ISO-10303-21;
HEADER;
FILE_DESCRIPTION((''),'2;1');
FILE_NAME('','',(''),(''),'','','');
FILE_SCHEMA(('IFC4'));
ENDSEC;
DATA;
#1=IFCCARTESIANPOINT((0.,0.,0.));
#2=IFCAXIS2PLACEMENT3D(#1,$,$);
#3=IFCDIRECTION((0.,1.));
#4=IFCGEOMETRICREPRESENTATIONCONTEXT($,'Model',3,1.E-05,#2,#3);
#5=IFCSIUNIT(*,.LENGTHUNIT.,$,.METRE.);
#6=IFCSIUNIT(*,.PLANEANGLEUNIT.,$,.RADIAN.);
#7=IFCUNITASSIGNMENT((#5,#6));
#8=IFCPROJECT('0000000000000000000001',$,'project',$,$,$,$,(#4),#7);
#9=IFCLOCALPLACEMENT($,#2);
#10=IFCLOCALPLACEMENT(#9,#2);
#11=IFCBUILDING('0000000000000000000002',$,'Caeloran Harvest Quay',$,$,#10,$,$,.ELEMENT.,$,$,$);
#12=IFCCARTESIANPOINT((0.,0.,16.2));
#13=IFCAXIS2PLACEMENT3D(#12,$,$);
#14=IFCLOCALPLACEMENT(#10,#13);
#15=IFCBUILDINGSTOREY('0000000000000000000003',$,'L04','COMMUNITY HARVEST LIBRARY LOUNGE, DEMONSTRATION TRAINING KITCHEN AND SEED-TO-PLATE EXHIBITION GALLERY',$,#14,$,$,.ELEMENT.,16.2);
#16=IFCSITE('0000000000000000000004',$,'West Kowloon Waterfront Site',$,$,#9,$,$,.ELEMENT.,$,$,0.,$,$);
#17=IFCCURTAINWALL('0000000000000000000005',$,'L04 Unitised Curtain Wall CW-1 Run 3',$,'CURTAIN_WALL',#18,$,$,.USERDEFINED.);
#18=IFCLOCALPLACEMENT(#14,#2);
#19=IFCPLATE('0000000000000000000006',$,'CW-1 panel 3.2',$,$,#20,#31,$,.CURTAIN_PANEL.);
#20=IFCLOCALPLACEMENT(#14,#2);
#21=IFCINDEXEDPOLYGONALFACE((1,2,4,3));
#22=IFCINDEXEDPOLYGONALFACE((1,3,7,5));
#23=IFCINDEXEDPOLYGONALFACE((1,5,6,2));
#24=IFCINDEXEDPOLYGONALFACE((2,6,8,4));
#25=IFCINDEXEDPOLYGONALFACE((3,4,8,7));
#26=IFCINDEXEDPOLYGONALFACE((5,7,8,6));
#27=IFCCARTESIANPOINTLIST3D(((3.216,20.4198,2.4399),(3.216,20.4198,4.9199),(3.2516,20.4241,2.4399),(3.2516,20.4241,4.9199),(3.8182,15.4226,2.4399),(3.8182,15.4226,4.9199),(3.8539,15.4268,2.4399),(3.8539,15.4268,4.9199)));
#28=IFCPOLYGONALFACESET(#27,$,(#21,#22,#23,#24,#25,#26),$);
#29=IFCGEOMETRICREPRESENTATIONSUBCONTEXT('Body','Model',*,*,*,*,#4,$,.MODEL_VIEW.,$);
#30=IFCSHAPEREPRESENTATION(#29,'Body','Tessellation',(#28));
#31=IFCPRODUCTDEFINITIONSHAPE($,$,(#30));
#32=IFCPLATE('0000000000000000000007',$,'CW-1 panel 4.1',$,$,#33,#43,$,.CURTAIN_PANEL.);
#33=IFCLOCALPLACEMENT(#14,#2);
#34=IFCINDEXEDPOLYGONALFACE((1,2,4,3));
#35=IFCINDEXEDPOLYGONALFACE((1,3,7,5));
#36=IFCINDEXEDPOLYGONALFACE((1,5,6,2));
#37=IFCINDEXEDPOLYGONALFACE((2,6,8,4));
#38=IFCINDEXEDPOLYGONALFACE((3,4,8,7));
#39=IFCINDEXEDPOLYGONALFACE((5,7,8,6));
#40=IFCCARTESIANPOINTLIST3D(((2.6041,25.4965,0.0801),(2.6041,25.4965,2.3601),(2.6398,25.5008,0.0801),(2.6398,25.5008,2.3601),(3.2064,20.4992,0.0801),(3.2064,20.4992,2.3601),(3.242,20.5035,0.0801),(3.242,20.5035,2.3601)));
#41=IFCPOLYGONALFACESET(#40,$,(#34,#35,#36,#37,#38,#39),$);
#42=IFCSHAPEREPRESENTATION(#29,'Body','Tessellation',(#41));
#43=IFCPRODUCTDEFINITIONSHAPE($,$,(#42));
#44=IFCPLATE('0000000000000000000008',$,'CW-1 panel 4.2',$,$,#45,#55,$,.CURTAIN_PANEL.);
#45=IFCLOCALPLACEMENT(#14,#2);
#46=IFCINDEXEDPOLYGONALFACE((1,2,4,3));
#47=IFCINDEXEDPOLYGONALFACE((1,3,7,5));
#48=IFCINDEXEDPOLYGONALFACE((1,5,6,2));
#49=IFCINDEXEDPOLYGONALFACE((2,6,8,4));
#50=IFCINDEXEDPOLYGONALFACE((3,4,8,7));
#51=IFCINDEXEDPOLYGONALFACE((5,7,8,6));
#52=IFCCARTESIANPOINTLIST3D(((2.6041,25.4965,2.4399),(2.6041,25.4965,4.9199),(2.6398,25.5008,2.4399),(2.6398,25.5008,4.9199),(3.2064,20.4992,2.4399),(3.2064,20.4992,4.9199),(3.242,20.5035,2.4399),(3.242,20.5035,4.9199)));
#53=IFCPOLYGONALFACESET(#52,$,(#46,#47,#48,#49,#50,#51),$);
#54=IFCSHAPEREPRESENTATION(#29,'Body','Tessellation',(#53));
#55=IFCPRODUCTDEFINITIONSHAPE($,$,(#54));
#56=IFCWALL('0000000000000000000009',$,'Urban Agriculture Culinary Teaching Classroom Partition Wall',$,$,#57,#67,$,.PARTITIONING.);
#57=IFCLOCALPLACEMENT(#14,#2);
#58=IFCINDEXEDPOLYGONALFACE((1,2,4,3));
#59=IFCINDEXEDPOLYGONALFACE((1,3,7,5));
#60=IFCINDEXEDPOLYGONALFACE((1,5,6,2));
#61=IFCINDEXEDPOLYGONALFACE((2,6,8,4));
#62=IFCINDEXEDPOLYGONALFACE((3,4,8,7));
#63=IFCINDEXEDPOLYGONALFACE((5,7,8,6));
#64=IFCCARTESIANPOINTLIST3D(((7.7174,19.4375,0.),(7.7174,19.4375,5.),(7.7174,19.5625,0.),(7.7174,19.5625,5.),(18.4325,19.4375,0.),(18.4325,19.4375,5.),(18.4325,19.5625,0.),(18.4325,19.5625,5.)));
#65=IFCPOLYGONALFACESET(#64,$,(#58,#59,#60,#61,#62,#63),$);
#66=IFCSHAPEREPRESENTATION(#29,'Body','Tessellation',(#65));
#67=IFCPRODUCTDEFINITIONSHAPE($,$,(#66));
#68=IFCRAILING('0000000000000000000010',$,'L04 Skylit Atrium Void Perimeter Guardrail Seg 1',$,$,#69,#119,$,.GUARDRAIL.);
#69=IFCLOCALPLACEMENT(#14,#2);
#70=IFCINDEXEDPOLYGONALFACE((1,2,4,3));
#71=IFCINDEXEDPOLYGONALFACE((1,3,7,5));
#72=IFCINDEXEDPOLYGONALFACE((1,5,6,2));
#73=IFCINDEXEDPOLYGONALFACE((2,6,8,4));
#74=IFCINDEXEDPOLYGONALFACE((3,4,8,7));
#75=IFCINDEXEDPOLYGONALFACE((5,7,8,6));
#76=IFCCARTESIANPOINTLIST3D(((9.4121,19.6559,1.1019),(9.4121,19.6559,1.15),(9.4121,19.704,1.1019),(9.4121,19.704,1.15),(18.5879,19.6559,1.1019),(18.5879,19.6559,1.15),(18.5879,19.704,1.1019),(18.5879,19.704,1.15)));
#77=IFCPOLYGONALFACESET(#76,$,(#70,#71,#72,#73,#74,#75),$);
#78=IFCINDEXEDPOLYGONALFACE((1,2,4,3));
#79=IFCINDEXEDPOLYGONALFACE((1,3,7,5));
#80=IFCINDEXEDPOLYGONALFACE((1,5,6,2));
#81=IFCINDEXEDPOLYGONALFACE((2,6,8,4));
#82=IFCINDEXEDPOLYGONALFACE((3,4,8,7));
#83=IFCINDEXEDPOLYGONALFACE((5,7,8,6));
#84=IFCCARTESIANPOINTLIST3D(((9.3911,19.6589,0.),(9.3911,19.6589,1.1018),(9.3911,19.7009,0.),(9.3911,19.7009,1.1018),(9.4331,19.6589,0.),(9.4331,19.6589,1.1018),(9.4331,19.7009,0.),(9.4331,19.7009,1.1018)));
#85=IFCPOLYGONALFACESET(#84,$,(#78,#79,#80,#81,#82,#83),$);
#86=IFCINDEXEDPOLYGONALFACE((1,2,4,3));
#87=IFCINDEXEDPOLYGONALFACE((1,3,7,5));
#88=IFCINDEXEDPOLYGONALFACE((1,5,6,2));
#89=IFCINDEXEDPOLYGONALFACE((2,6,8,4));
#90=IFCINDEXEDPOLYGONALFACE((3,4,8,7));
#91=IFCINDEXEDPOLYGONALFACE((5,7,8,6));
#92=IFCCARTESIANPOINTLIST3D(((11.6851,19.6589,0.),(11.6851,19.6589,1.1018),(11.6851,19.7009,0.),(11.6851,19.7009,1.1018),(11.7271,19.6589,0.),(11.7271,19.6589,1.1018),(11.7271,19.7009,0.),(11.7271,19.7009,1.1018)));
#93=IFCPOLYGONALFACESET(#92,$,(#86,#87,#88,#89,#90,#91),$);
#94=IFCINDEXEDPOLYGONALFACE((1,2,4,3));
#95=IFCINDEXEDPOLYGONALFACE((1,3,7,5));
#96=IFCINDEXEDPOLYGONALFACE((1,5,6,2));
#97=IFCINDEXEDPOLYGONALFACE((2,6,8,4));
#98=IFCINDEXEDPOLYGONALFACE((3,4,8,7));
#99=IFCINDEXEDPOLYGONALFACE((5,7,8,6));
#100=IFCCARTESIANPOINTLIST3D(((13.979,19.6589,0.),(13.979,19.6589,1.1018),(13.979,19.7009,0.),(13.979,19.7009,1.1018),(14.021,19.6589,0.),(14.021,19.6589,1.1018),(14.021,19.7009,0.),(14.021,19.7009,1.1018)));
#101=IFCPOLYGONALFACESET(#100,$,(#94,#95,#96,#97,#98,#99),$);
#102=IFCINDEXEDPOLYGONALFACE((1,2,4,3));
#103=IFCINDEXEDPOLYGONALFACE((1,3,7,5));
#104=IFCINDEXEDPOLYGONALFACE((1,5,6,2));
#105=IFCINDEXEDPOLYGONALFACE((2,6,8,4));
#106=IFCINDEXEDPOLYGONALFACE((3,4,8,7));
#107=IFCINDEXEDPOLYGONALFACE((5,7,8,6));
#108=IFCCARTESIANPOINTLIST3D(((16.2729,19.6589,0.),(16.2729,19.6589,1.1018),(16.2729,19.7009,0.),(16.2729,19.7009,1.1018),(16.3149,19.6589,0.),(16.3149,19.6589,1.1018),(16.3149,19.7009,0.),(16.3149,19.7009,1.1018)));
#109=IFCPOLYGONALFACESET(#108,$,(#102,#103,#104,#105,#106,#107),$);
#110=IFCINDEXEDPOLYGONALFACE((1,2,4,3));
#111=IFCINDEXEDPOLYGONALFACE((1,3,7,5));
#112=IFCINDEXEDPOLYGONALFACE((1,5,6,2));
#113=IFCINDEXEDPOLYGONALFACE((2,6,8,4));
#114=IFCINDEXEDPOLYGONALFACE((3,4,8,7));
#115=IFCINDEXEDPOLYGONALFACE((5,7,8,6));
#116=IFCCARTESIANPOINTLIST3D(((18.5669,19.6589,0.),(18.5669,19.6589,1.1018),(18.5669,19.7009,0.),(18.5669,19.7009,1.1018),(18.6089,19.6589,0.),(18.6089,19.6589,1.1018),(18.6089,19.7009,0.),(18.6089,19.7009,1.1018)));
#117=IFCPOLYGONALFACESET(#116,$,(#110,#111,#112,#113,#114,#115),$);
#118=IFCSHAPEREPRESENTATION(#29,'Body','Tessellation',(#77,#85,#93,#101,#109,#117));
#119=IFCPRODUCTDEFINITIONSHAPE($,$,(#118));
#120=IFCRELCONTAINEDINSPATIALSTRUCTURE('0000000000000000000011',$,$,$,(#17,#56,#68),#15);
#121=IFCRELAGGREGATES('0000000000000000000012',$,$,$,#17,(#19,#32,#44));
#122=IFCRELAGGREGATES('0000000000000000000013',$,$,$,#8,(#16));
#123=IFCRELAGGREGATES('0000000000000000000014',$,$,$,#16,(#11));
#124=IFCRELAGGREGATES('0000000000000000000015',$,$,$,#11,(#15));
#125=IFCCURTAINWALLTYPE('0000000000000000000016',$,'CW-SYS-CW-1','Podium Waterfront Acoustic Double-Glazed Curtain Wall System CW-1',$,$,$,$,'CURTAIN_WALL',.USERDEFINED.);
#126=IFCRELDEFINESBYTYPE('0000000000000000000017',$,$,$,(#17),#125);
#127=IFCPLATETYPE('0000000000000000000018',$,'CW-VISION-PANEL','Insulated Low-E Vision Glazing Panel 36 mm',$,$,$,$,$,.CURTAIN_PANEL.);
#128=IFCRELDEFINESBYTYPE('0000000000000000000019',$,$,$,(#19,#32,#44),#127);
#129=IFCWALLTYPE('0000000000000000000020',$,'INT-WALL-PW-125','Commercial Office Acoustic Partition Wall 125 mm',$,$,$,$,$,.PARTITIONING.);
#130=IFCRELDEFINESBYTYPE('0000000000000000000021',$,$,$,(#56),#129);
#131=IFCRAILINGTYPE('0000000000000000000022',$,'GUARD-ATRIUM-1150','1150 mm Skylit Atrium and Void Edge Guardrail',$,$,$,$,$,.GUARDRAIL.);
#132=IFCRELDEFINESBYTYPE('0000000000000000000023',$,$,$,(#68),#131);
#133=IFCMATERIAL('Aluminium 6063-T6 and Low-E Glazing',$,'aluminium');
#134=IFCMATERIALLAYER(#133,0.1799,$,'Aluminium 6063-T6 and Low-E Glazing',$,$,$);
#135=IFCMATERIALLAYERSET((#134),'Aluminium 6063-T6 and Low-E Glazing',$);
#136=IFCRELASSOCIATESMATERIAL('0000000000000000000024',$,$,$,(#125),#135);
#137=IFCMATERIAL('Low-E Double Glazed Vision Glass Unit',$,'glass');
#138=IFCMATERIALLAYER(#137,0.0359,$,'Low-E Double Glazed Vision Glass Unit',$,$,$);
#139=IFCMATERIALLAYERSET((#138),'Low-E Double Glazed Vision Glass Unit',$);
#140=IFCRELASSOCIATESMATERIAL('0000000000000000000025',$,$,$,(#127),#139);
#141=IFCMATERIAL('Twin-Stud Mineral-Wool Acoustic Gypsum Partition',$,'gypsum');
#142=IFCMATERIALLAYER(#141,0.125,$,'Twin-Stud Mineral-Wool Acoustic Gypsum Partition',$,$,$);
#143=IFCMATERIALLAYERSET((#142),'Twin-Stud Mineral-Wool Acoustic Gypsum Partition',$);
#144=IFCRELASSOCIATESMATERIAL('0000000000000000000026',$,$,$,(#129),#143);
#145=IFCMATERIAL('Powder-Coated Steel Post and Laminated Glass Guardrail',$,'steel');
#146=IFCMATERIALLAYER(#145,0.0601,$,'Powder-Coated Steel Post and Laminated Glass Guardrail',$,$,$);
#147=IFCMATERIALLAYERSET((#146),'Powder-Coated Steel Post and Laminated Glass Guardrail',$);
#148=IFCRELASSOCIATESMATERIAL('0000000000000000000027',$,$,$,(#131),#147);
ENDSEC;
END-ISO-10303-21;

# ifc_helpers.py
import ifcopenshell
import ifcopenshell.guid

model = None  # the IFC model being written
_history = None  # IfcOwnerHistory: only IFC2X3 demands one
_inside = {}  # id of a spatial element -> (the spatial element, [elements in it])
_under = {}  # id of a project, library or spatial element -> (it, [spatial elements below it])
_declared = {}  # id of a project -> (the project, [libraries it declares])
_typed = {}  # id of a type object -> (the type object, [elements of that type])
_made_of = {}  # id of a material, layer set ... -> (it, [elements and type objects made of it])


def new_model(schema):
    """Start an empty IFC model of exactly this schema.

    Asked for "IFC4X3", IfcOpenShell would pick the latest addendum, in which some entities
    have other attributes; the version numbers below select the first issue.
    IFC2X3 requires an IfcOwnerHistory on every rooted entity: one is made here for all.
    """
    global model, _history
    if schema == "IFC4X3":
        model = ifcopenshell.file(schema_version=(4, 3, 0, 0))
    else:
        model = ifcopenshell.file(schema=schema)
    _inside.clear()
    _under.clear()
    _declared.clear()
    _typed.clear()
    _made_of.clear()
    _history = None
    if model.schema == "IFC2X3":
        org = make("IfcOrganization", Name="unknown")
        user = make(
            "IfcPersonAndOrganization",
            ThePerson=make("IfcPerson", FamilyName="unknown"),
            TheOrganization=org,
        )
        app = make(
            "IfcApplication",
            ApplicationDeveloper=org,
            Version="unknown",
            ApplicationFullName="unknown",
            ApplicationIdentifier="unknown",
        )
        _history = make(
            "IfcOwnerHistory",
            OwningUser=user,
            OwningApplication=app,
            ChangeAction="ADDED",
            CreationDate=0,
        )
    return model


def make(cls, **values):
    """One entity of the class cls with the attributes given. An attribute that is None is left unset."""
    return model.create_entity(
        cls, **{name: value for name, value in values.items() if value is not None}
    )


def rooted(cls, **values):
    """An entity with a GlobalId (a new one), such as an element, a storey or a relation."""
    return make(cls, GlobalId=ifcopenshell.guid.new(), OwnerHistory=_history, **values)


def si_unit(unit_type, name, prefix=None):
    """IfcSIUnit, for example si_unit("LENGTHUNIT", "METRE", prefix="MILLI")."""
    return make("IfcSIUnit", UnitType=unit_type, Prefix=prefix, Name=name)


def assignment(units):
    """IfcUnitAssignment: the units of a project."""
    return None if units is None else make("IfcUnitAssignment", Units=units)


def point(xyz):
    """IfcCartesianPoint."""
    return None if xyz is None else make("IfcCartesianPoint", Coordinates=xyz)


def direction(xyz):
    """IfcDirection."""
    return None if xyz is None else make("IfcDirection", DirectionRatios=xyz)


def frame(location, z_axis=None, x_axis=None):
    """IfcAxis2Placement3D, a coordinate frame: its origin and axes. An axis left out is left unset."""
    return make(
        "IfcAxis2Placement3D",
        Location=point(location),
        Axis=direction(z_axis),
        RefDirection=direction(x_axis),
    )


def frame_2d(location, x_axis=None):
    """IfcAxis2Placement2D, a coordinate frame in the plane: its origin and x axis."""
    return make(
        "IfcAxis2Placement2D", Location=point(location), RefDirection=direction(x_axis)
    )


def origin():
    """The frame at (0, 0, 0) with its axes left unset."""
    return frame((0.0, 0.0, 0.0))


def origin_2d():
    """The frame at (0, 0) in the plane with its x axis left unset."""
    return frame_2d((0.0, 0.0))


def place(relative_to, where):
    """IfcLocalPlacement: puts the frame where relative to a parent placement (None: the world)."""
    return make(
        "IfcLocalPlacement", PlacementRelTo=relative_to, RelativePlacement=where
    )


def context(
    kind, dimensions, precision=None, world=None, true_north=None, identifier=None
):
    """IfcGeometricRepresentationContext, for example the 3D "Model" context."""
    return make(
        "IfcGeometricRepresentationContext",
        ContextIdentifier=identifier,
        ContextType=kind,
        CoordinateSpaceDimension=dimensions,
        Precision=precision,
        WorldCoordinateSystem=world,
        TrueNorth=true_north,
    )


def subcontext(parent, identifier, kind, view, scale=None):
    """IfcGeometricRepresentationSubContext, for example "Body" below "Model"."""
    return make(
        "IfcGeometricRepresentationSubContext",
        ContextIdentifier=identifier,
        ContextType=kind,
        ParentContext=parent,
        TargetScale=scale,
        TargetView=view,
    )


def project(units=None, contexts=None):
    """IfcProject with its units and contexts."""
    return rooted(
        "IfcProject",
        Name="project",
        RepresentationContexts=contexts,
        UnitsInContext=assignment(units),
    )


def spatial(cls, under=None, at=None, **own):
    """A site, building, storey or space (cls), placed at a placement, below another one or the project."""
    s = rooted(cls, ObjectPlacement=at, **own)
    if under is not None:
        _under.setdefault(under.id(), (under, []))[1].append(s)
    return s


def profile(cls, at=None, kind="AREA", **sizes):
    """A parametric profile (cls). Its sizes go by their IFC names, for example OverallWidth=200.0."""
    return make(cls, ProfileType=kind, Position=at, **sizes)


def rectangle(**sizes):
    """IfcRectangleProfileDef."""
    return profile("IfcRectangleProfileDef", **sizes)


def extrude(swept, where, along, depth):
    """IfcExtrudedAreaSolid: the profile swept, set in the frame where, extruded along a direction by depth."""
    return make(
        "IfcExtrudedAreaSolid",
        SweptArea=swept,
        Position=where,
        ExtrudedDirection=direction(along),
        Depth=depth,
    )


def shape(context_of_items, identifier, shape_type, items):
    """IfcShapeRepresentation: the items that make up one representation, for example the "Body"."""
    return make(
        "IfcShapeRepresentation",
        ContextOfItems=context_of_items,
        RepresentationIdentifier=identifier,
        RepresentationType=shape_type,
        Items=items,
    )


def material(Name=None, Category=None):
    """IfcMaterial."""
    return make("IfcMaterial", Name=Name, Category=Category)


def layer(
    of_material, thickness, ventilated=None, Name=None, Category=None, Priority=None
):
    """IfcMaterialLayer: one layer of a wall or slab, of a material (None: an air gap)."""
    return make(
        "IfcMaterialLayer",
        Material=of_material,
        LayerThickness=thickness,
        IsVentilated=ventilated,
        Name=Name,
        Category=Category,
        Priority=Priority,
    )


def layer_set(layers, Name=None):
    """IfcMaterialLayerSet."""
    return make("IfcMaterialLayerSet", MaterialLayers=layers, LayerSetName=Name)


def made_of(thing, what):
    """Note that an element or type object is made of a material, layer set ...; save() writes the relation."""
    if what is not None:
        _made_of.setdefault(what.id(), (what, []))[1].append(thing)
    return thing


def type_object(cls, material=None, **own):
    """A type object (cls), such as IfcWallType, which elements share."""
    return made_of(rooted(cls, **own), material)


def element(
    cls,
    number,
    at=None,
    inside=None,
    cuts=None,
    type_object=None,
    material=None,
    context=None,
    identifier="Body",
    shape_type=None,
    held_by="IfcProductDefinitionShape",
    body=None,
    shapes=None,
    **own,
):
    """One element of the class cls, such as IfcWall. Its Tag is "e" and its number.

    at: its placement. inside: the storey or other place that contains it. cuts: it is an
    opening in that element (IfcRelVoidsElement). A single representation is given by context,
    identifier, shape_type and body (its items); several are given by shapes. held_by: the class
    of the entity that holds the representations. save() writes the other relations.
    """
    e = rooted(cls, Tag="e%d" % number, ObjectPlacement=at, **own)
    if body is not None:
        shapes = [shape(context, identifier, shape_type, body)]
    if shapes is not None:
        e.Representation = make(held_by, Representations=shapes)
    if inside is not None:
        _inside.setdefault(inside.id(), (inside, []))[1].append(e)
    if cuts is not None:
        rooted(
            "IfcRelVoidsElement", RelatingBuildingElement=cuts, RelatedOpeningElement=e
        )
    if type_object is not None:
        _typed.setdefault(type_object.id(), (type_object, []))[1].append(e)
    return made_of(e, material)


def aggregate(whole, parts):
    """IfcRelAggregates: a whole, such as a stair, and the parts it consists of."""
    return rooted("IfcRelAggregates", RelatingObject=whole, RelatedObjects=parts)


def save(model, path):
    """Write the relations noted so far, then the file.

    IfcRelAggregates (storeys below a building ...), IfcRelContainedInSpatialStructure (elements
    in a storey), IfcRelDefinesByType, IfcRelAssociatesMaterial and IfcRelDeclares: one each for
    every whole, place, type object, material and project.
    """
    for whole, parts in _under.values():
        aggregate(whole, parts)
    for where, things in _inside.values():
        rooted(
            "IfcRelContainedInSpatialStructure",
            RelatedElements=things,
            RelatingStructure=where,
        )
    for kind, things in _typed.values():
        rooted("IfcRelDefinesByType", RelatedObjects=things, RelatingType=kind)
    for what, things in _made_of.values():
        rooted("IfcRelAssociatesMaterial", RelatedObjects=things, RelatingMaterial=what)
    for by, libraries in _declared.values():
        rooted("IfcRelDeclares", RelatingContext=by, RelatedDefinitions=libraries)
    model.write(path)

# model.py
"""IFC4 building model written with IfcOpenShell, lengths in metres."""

from ifc_helpers import new_model, si_unit, direction, frame, frame_2d, origin, origin_2d, place, context, subcontext, project, spatial, rectangle, extrude, material, layer, layer_set, type_object, element, aggregate, save


model = new_model("IFC4")

# Units and contexts
model_context = context("Model", 3, precision=1e-05, world=origin(), true_north=direction((0.0, 1.0)))
body_context = subcontext(model_context, "Body", "Model", "MODEL_VIEW")
ifc_project = project(units=[si_unit("LENGTHUNIT", "METRE"), si_unit("PLANEANGLEUNIT", "RADIAN")], contexts=[model_context])

# Site, building, storey
site_placement = place(None, origin())
site = spatial("IfcSite", under=ifc_project, at=site_placement, Name="West Kowloon Waterfront Site", CompositionType="ELEMENT", RefElevation=0.0)
building_placement = place(site_placement, origin())
building = spatial("IfcBuilding", under=site, at=building_placement, Name="Caeloran Harvest Quay", CompositionType="ELEMENT")
storey_placement = place(building_placement, frame((0.0, 0.0, 16.2)))
storey = spatial("IfcBuildingStorey", under=building, at=storey_placement, Name="L04", Description="COMMUNITY HARVEST LIBRARY LOUNGE, DEMONSTRATION TRAINING KITCHEN AND SEED-TO-PLATE EXHIBITION GALLERY", CompositionType="ELEMENT", Elevation=16.2)

# Curtain wall, plates
ifc_material_1 = material(Name="Aluminium 6063-T6 and Low-E Glazing", Category="aluminium")
ifc_layer_1 = layer(ifc_material_1, 0.1799, Name="Aluminium 6063-T6 and Low-E Glazing")
ifc_layer_set_1 = layer_set([ifc_layer_1], Name="Aluminium 6063-T6 and Low-E Glazing")
curtain_wall_type = type_object("IfcCurtainWallType", Name="CW-SYS-CW-1", Description="Podium Waterfront Acoustic Double-Glazed Curtain Wall System CW-1", ElementType="CURTAIN_WALL", PredefinedType="USERDEFINED", material=ifc_layer_set_1)
curtain_wall_placement = place(storey_placement, origin())
curtain_wall = element("IfcCurtainWall", 1, at=curtain_wall_placement, inside=storey, type_object=curtain_wall_type, Name="L04 Unitised Curtain Wall CW-1 Run 3", ObjectType="CURTAIN_WALL", PredefinedType="USERDEFINED")
ifc_material_2 = material(Name="Low-E Double Glazed Vision Glass Unit", Category="glass")
ifc_layer_2 = layer(ifc_material_2, 0.0359, Name="Low-E Double Glazed Vision Glass Unit")
ifc_layer_set_2 = layer_set([ifc_layer_2], Name="Low-E Double Glazed Vision Glass Unit")
plate_type = type_object("IfcPlateType", Name="CW-VISION-PANEL", Description="Insulated Low-E Vision Glazing Panel 36 mm", PredefinedType="CURTAIN_PANEL", material=ifc_layer_set_2)
plate_1_placement = place(storey_placement, frame((3.5349, 17.9233, 2.4399), z_axis=(0.0, 0.0, 1.0), x_axis=(-0.119655, 0.992816, 0.0)))
plate_1 = element("IfcPlate", 2, at=plate_1_placement, type_object=plate_type, Name="CW-1 panel 3.2", PredefinedType="CURTAIN_PANEL", context=body_context, shape_type="SweptSolid", body=[
    extrude(rectangle(XDim=5.0334, YDim=0.0359, at=origin_2d()), origin(), (0.0, 0.0, 1.0), 2.48),
])
plate_2_placement = place(storey_placement, frame((2.9231, 23.0, 0.0801), z_axis=(0.0, 0.0, 1.0), x_axis=(-0.119655, 0.992816, 0.0)))
plate_2 = element("IfcPlate", 3, at=plate_2_placement, type_object=plate_type, Name="CW-1 panel 4.1", PredefinedType="CURTAIN_PANEL", context=body_context, shape_type="SweptSolid", body=[
    extrude(rectangle(XDim=5.0334, YDim=0.0359, at=origin_2d()), origin(), (0.0, 0.0, 1.0), 2.28),
])
plate_3_placement = place(storey_placement, frame((2.9231, 23.0, 2.4399), z_axis=(0.0, 0.0, 1.0), x_axis=(-0.119655, 0.992816, 0.0)))
plate_3 = element("IfcPlate", 4, at=plate_3_placement, type_object=plate_type, Name="CW-1 panel 4.2", PredefinedType="CURTAIN_PANEL", context=body_context, shape_type="SweptSolid", body=[
    extrude(rectangle(XDim=5.0334, YDim=0.0359, at=origin_2d()), origin(), (0.0, 0.0, 1.0), 2.48),
])
aggregate(curtain_wall, [plate_1, plate_2, plate_3])

# Wall
ifc_material_3 = material(Name="Twin-Stud Mineral-Wool Acoustic Gypsum Partition", Category="gypsum")
ifc_layer_3 = layer(ifc_material_3, 0.125, Name="Twin-Stud Mineral-Wool Acoustic Gypsum Partition")
ifc_layer_set_3 = layer_set([ifc_layer_3], Name="Twin-Stud Mineral-Wool Acoustic Gypsum Partition")
wall_type = type_object("IfcWallType", Name="INT-WALL-PW-125", Description="Commercial Office Acoustic Partition Wall 125 mm", PredefinedType="PARTITIONING", material=ifc_layer_set_3)
wall_placement = place(storey_placement, frame((7.7175, 19.5, 0.0), z_axis=(0.0, 0.0, 1.0), x_axis=(1.0, 0.0, 0.0)))
element("IfcWall", 5, at=wall_placement, inside=storey, type_object=wall_type, Name="Urban Agriculture Culinary Teaching Classroom Partition Wall", PredefinedType="PARTITIONING", context=body_context, shape_type="SweptSolid", body=[
    extrude(rectangle(XDim=10.7151, YDim=0.125, at=frame_2d((5.3574, 0.0))), origin(), (0.0, 0.0, 1.0), 5.0),
])

# Railing
ifc_material_4 = material(Name="Powder-Coated Steel Post and Laminated Glass Guardrail", Category="steel")
ifc_layer_4 = layer(ifc_material_4, 0.0601, Name="Powder-Coated Steel Post and Laminated Glass Guardrail")
ifc_layer_set_4 = layer_set([ifc_layer_4], Name="Powder-Coated Steel Post and Laminated Glass Guardrail")
railing_type = type_object("IfcRailingType", Name="GUARD-ATRIUM-1150", Description="1150 mm Skylit Atrium and Void Edge Guardrail", PredefinedType="GUARDRAIL", material=ifc_layer_set_4)
railing_placement = place(storey_placement, frame((9.4121, 19.6799, 0.0)))
element("IfcRailing", 6, at=railing_placement, inside=storey, type_object=railing_type, Name="L04 Skylit Atrium Void Perimeter Guardrail Seg 1", PredefinedType="GUARDRAIL", context=body_context, shape_type="SweptSolid", body=[
    extrude(rectangle(XDim=0.0481, YDim=0.0481, at=origin_2d()), frame((0.0, 0.0, 1.126), z_axis=(1.0, 0.0, 0.0), x_axis=(0.0, 1.0, 0.0)), (0.0, 0.0, 1.0), 9.1758),
    extrude(rectangle(XDim=0.042, YDim=0.042, at=origin_2d()), origin(), (0.0, 0.0, 1.0), 1.1018),
    extrude(rectangle(XDim=0.042, YDim=0.042, at=origin_2d()), frame((2.2939, 0.0, 0.0)), (0.0, 0.0, 1.0), 1.1018),
    extrude(rectangle(XDim=0.042, YDim=0.042, at=origin_2d()), frame((4.5879, 0.0, 0.0)), (0.0, 0.0, 1.0), 1.1018),
    extrude(rectangle(XDim=0.042, YDim=0.042, at=origin_2d()), frame((6.8818, 0.0, 0.0)), (0.0, 0.0, 1.0), 1.1018),
    extrude(rectangle(XDim=0.042, YDim=0.042, at=origin_2d()), frame((9.1758, 0.0, 0.0)), (0.0, 0.0, 1.0), 1.1018),
])

save(model, "model.ifc")
